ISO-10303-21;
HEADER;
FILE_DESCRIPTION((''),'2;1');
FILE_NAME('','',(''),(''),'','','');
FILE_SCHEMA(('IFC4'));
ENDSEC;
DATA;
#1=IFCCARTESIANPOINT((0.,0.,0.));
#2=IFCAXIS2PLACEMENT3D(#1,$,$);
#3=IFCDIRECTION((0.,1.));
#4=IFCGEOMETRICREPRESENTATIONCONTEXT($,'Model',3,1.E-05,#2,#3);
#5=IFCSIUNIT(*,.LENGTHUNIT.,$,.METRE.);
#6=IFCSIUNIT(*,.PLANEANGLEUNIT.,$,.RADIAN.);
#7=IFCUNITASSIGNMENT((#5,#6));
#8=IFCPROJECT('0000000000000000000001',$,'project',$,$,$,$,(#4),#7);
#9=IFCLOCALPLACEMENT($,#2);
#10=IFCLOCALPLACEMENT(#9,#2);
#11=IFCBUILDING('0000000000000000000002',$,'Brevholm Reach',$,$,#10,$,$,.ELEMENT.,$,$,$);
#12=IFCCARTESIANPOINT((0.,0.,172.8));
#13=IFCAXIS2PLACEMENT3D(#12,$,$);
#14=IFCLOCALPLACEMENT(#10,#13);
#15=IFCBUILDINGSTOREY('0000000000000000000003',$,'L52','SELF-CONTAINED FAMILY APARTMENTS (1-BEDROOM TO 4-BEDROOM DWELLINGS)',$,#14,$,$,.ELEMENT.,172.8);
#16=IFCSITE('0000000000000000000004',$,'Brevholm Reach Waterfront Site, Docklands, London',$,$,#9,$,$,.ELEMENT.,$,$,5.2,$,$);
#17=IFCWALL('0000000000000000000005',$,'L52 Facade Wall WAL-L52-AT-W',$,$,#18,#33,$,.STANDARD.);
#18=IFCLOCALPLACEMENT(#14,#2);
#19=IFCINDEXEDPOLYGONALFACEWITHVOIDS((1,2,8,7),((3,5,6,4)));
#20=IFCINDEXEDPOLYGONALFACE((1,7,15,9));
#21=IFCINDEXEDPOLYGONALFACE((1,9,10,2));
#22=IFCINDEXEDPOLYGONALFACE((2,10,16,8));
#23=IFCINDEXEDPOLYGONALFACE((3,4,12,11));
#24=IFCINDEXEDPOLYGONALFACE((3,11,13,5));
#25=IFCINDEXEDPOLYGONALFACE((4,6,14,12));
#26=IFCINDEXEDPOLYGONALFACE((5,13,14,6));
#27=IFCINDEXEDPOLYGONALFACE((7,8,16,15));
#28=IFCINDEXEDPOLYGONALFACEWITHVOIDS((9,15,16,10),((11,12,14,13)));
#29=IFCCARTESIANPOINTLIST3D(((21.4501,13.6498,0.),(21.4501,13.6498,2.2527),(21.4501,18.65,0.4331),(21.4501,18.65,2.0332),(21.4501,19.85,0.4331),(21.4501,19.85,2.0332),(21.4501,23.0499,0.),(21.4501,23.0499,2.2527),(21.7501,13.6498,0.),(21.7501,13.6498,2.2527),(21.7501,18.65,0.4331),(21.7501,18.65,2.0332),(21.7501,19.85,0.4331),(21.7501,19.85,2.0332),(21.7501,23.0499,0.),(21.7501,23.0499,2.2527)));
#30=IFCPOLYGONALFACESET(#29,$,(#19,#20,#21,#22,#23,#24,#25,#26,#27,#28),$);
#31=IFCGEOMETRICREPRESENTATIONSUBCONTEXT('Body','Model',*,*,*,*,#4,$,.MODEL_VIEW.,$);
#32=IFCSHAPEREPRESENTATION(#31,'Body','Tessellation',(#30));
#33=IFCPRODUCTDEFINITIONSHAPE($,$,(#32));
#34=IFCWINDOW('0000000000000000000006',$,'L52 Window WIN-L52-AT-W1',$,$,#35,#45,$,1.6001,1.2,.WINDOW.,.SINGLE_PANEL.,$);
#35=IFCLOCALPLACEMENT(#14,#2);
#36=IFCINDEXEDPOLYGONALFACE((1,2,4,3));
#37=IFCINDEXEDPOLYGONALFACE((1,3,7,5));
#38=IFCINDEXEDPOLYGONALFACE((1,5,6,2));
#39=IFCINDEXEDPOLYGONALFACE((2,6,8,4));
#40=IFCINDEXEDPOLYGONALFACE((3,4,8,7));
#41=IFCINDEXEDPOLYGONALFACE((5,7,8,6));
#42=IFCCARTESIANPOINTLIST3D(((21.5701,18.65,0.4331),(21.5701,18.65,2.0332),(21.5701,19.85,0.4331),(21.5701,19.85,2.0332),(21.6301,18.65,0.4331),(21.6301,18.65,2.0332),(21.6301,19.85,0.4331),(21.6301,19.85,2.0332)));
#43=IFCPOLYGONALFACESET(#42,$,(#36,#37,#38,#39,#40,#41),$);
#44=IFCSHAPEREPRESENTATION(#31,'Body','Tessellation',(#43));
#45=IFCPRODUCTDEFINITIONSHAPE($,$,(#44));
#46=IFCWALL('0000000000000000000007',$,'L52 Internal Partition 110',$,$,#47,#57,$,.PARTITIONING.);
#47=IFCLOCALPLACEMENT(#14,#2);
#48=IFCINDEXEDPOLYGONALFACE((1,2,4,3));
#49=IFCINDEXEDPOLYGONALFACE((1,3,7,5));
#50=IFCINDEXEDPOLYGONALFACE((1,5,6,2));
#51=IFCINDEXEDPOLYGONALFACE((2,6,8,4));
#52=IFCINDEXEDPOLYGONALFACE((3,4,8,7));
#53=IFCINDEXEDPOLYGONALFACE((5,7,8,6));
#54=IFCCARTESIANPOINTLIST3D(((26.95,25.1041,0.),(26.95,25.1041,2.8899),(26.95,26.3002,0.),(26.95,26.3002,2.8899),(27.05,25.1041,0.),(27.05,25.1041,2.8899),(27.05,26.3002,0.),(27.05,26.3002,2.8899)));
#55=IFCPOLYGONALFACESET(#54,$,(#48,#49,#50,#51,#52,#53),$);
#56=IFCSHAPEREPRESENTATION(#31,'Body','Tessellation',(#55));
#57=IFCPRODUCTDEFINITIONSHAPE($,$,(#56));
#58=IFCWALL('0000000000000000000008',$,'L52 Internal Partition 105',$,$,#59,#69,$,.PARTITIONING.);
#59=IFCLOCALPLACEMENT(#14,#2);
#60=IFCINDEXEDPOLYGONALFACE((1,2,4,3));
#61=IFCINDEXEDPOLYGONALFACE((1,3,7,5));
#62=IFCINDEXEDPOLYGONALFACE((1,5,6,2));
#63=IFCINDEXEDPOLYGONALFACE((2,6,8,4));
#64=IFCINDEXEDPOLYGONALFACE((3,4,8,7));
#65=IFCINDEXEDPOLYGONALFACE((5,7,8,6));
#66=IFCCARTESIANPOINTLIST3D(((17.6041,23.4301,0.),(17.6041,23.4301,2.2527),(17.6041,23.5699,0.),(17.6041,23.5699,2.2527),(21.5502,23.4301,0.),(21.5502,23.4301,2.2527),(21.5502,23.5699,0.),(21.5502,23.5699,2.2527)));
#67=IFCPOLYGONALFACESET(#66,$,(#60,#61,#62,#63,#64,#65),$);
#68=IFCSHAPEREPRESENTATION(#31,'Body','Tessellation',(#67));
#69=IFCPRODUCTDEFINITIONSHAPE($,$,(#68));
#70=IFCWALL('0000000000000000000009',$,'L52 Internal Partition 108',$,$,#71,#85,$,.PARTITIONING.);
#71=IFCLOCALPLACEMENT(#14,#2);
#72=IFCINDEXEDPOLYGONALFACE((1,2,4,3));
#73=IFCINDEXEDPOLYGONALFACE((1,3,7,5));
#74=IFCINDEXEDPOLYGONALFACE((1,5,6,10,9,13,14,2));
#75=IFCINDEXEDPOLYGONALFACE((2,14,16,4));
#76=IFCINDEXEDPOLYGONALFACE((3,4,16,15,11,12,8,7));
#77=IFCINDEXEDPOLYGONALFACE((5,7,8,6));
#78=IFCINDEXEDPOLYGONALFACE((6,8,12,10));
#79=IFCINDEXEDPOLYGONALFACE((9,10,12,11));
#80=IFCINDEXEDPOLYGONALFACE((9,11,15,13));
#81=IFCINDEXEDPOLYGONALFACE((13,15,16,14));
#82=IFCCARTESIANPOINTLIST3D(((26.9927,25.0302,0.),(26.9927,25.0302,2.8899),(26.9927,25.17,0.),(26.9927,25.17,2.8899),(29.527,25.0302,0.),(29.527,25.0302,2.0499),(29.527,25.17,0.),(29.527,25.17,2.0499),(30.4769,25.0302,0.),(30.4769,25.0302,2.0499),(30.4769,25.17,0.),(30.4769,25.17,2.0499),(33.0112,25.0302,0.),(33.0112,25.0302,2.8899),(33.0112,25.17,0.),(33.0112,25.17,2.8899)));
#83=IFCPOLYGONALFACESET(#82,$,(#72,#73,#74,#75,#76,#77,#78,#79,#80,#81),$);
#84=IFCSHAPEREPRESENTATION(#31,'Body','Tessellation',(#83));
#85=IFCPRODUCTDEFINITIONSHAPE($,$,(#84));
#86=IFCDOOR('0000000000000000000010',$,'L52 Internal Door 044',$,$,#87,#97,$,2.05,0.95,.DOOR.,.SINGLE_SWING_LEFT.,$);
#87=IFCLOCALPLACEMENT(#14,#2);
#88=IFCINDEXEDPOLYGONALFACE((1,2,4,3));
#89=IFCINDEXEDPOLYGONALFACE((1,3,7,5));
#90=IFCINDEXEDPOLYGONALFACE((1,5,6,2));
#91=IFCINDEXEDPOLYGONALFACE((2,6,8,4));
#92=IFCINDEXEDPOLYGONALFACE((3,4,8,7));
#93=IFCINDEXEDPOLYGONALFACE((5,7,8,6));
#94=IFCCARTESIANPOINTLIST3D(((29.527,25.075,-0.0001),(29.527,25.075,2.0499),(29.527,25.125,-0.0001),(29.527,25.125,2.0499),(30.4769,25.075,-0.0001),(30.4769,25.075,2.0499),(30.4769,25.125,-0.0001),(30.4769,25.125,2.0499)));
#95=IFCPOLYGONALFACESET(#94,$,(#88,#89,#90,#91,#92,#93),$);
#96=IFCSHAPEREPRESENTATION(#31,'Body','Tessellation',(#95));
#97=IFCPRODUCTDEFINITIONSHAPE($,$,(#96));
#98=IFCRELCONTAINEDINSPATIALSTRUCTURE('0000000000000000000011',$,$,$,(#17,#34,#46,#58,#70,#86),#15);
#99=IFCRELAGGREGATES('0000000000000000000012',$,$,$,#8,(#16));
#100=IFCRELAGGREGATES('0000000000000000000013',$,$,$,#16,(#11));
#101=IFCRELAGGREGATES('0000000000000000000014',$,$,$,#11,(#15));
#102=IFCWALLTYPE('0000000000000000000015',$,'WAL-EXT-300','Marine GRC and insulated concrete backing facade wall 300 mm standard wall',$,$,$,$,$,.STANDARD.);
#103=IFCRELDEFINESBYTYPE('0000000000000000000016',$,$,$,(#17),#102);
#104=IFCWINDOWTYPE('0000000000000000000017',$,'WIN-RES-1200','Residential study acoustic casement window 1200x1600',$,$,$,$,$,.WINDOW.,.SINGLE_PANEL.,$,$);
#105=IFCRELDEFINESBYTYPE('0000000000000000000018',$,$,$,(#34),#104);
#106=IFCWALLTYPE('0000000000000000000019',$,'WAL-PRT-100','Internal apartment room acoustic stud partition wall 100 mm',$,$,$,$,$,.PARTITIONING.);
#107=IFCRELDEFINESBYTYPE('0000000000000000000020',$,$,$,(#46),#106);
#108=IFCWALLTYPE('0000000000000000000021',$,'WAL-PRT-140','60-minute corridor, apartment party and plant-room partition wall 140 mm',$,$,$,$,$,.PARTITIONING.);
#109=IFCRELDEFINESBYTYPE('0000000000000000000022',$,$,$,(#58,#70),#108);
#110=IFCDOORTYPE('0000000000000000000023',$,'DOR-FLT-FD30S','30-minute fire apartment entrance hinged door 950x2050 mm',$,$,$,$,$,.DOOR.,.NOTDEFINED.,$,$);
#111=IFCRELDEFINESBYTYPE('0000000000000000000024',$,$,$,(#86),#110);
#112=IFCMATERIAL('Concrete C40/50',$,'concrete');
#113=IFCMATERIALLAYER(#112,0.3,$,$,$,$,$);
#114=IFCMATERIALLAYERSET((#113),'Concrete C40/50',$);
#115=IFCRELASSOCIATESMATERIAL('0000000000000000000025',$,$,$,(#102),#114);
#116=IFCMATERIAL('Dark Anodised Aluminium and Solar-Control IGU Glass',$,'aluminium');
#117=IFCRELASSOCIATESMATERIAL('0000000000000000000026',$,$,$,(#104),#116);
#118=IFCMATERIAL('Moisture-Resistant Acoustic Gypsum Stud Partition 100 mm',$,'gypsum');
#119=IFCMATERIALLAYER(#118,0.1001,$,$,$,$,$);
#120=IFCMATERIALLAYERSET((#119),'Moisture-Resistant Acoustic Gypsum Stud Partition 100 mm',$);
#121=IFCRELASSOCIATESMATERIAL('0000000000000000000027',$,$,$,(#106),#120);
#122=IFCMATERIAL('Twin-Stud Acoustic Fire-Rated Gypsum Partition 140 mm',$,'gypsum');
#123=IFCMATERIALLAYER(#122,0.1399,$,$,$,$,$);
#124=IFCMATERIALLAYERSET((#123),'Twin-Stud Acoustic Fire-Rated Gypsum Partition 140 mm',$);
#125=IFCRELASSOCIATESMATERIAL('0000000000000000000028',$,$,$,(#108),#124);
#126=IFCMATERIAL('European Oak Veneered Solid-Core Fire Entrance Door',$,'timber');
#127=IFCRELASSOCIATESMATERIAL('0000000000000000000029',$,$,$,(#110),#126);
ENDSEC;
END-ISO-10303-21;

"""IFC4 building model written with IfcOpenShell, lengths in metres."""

from ifc_helpers import new_model, si_unit, direction, frame, frame_2d, origin, place, context, subcontext, project, spatial, rectangle, extrude, material, layer, layer_set, type_object, element, fill, save


model = new_model("IFC4")

# Units and contexts
model_context = context("Model", 3, precision=1e-05, world=origin(), true_north=direction((0.0, 1.0)))
body_context = subcontext(model_context, "Body", "Model", "MODEL_VIEW")
ifc_project = project(units=[si_unit("LENGTHUNIT", "METRE"), si_unit("PLANEANGLEUNIT", "RADIAN")], contexts=[model_context])

# Site, building, storey
site_placement = place(None, origin())
site = spatial("IfcSite", under=ifc_project, at=site_placement, Name="Brevholm Reach Waterfront Site, Docklands, London", CompositionType="ELEMENT", RefElevation=5.2)
building_placement = place(site_placement, origin())
building = spatial("IfcBuilding", under=site, at=building_placement, Name="Brevholm Reach", CompositionType="ELEMENT")
storey_placement = place(building_placement, frame((0.0, 0.0, 172.8)))
storey = spatial("IfcBuildingStorey", under=building, at=storey_placement, Name="L52", Description="SELF-CONTAINED FAMILY APARTMENTS (1-BEDROOM TO 4-BEDROOM DWELLINGS)", CompositionType="ELEMENT", Elevation=172.8)

# Shared definitions
ifc_material_1 = material(Name="Concrete C40/50", Category="concrete")
ifc_layer_1 = layer(ifc_material_1, 0.3)
ifc_layer_set_1 = layer_set([ifc_layer_1], Name="Concrete C40/50")
wall_type_1 = type_object("IfcWallType", Name="WAL-EXT-300", Description="Marine GRC and insulated concrete backing facade wall 300 mm standard wall", PredefinedType="STANDARD", material=ifc_layer_set_1)

# Wall, opening, window
wall_1_placement = place(storey_placement, frame((21.6001, 23.05, 0.0), z_axis=(0.0, 0.0, 1.0), x_axis=(0.0, -1.0, 0.0)))
wall_1 = element("IfcWall", 1, at=wall_1_placement, inside=storey, type_object=wall_type_1, Name="L52 Facade Wall WAL-L52-AT-W", PredefinedType="STANDARD", context=body_context, shape_type="SweptSolid", body=[
    extrude(rectangle(XDim=9.4001, YDim=0.3, at=frame_2d((4.7002, 0.0))), origin(), (0.0, 0.0, 1.0), 2.2527),
])
opening_1_placement = place(wall_1_placement, frame((3.2, 0.0, 0.4331)))
opening_1 = element("IfcOpeningElement", 2, at=opening_1_placement, cuts=wall_1, PredefinedType="OPENING", context=body_context, shape_type="SweptSolid", body=[
    extrude(rectangle(XDim=1.2, YDim=1.6001, at=frame_2d((0.6001, 0.8))), frame((0.0, 0.1599, 0.0), z_axis=(0.0, -1.0, 0.0), x_axis=(1.0, 0.0, 0.0)), (0.0, 0.0, 1.0), 0.3201),
])
ifc_material_2 = material(Name="Dark Anodised Aluminium and Solar-Control IGU Glass", Category="aluminium")
window_type = type_object("IfcWindowType", Name="WIN-RES-1200", Description="Residential study acoustic casement window 1200x1600", PartitioningType="SINGLE_PANEL", PredefinedType="WINDOW", material=ifc_material_2)
window_placement = place(opening_1_placement, origin())
window = element("IfcWindow", 3, at=window_placement, inside=storey, type_object=window_type, Name="L52 Window WIN-L52-AT-W1", OverallHeight=1.6001, OverallWidth=1.2, PartitioningType="SINGLE_PANEL", PredefinedType="WINDOW", context=body_context, shape_type="SweptSolid", body=[
    extrude(rectangle(XDim=1.2, YDim=1.6001, at=frame_2d((0.6001, 0.8))), frame((0.0, 0.03, 0.0), z_axis=(0.0, -1.0, 0.0), x_axis=(1.0, 0.0, 0.0)), (0.0, 0.0, 1.0), 0.0601),
])
fill(opening_1, window)

# Walls
ifc_material_3 = material(Name="Moisture-Resistant Acoustic Gypsum Stud Partition 100 mm", Category="gypsum")
ifc_layer_2 = layer(ifc_material_3, 0.1001)
ifc_layer_set_2 = layer_set([ifc_layer_2], Name="Moisture-Resistant Acoustic Gypsum Stud Partition 100 mm")
wall_type_2 = type_object("IfcWallType", Name="WAL-PRT-100", Description="Internal apartment room acoustic stud partition wall 100 mm", PredefinedType="PARTITIONING", material=ifc_layer_set_2)
wall_2_placement = place(storey_placement, frame((27.0, 25.104, 0.0), z_axis=(0.0, 0.0, 1.0), x_axis=(0.0, 1.0, 0.0)))
element("IfcWall", 4, at=wall_2_placement, inside=storey, type_object=wall_type_2, Name="L52 Internal Partition 110", PredefinedType="PARTITIONING", context=body_context, shape_type="SweptSolid", body=[
    extrude(rectangle(XDim=1.196, YDim=0.1001, at=frame_2d((0.5981, 0.0))), origin(), (0.0, 0.0, 1.0), 2.8899),
])
ifc_material_4 = material(Name="Twin-Stud Acoustic Fire-Rated Gypsum Partition 140 mm", Category="gypsum")
ifc_layer_3 = layer(ifc_material_4, 0.1399)
ifc_layer_set_3 = layer_set([ifc_layer_3], Name="Twin-Stud Acoustic Fire-Rated Gypsum Partition 140 mm")
wall_type_3 = type_object("IfcWallType", Name="WAL-PRT-140", Description="60-minute corridor, apartment party and plant-room partition wall 140 mm", PredefinedType="PARTITIONING", material=ifc_layer_set_3)
wall_3_placement = place(storey_placement, frame((17.604, 23.5, 0.0), z_axis=(0.0, 0.0, 1.0), x_axis=(1.0, 0.0, 0.0)))
element("IfcWall", 5, at=wall_3_placement, inside=storey, type_object=wall_type_3, Name="L52 Internal Partition 105", PredefinedType="PARTITIONING", context=body_context, shape_type="SweptSolid", body=[
    extrude(rectangle(XDim=3.946, YDim=0.1399, at=frame_2d((1.9731, 0.0))), origin(), (0.0, 0.0, 1.0), 2.2527),
])

# Wall, opening, door
wall_4_placement = place(storey_placement, frame((26.9927, 25.1001, 0.0), z_axis=(0.0, 0.0, 1.0), x_axis=(1.0, 0.0, 0.0)))
wall_4 = element("IfcWall", 6, at=wall_4_placement, inside=storey, type_object=wall_type_3, Name="L52 Internal Partition 108", PredefinedType="PARTITIONING", context=body_context, shape_type="SweptSolid", body=[
    extrude(rectangle(XDim=6.0186, YDim=0.1399, at=frame_2d((3.0093, 0.0))), origin(), (0.0, 0.0, 1.0), 2.8899),
])
opening_2_placement = place(wall_4_placement, frame((2.5342, 0.0, 0.0)))
opening_2 = element("IfcOpeningElement", 7, at=opening_2_placement, cuts=wall_4, PredefinedType="OPENING", context=body_context, shape_type="SweptSolid", body=[
    extrude(rectangle(XDim=0.95, YDim=2.05, at=frame_2d((0.4751, 1.0249))), frame((0.0, 0.0798, 0.0), z_axis=(0.0, -1.0, 0.0), x_axis=(1.0, 0.0, 0.0)), (0.0, 0.0, 1.0), 0.1599),
])
ifc_material_5 = material(Name="European Oak Veneered Solid-Core Fire Entrance Door", Category="timber")
door_type_1 = type_object("IfcDoorType", Name="DOR-FLT-FD30S", Description="30-minute fire apartment entrance hinged door 950x2050 mm", OperationType="NOTDEFINED", PredefinedType="DOOR", material=ifc_material_5)
door_1_placement = place(opening_2_placement, origin())
door_1 = element("IfcDoor", 8, at=door_1_placement, inside=storey, type_object=door_type_1, Name="L52 Internal Door 044", OperationType="SINGLE_SWING_LEFT", OverallHeight=2.05, OverallWidth=0.95, PredefinedType="DOOR", context=body_context, shape_type="SweptSolid", body=[
    extrude(rectangle(XDim=0.95, YDim=2.05, at=frame_2d((0.4751, 1.0249))), frame((0.0, 0.0249, 0.0), z_axis=(0.0, -1.0, 0.0), x_axis=(1.0, 0.0, 0.0)), (0.0, 0.0, 1.0), 0.05),
])
fill(opening_2, door_1)

save(model, "model.ifc")
